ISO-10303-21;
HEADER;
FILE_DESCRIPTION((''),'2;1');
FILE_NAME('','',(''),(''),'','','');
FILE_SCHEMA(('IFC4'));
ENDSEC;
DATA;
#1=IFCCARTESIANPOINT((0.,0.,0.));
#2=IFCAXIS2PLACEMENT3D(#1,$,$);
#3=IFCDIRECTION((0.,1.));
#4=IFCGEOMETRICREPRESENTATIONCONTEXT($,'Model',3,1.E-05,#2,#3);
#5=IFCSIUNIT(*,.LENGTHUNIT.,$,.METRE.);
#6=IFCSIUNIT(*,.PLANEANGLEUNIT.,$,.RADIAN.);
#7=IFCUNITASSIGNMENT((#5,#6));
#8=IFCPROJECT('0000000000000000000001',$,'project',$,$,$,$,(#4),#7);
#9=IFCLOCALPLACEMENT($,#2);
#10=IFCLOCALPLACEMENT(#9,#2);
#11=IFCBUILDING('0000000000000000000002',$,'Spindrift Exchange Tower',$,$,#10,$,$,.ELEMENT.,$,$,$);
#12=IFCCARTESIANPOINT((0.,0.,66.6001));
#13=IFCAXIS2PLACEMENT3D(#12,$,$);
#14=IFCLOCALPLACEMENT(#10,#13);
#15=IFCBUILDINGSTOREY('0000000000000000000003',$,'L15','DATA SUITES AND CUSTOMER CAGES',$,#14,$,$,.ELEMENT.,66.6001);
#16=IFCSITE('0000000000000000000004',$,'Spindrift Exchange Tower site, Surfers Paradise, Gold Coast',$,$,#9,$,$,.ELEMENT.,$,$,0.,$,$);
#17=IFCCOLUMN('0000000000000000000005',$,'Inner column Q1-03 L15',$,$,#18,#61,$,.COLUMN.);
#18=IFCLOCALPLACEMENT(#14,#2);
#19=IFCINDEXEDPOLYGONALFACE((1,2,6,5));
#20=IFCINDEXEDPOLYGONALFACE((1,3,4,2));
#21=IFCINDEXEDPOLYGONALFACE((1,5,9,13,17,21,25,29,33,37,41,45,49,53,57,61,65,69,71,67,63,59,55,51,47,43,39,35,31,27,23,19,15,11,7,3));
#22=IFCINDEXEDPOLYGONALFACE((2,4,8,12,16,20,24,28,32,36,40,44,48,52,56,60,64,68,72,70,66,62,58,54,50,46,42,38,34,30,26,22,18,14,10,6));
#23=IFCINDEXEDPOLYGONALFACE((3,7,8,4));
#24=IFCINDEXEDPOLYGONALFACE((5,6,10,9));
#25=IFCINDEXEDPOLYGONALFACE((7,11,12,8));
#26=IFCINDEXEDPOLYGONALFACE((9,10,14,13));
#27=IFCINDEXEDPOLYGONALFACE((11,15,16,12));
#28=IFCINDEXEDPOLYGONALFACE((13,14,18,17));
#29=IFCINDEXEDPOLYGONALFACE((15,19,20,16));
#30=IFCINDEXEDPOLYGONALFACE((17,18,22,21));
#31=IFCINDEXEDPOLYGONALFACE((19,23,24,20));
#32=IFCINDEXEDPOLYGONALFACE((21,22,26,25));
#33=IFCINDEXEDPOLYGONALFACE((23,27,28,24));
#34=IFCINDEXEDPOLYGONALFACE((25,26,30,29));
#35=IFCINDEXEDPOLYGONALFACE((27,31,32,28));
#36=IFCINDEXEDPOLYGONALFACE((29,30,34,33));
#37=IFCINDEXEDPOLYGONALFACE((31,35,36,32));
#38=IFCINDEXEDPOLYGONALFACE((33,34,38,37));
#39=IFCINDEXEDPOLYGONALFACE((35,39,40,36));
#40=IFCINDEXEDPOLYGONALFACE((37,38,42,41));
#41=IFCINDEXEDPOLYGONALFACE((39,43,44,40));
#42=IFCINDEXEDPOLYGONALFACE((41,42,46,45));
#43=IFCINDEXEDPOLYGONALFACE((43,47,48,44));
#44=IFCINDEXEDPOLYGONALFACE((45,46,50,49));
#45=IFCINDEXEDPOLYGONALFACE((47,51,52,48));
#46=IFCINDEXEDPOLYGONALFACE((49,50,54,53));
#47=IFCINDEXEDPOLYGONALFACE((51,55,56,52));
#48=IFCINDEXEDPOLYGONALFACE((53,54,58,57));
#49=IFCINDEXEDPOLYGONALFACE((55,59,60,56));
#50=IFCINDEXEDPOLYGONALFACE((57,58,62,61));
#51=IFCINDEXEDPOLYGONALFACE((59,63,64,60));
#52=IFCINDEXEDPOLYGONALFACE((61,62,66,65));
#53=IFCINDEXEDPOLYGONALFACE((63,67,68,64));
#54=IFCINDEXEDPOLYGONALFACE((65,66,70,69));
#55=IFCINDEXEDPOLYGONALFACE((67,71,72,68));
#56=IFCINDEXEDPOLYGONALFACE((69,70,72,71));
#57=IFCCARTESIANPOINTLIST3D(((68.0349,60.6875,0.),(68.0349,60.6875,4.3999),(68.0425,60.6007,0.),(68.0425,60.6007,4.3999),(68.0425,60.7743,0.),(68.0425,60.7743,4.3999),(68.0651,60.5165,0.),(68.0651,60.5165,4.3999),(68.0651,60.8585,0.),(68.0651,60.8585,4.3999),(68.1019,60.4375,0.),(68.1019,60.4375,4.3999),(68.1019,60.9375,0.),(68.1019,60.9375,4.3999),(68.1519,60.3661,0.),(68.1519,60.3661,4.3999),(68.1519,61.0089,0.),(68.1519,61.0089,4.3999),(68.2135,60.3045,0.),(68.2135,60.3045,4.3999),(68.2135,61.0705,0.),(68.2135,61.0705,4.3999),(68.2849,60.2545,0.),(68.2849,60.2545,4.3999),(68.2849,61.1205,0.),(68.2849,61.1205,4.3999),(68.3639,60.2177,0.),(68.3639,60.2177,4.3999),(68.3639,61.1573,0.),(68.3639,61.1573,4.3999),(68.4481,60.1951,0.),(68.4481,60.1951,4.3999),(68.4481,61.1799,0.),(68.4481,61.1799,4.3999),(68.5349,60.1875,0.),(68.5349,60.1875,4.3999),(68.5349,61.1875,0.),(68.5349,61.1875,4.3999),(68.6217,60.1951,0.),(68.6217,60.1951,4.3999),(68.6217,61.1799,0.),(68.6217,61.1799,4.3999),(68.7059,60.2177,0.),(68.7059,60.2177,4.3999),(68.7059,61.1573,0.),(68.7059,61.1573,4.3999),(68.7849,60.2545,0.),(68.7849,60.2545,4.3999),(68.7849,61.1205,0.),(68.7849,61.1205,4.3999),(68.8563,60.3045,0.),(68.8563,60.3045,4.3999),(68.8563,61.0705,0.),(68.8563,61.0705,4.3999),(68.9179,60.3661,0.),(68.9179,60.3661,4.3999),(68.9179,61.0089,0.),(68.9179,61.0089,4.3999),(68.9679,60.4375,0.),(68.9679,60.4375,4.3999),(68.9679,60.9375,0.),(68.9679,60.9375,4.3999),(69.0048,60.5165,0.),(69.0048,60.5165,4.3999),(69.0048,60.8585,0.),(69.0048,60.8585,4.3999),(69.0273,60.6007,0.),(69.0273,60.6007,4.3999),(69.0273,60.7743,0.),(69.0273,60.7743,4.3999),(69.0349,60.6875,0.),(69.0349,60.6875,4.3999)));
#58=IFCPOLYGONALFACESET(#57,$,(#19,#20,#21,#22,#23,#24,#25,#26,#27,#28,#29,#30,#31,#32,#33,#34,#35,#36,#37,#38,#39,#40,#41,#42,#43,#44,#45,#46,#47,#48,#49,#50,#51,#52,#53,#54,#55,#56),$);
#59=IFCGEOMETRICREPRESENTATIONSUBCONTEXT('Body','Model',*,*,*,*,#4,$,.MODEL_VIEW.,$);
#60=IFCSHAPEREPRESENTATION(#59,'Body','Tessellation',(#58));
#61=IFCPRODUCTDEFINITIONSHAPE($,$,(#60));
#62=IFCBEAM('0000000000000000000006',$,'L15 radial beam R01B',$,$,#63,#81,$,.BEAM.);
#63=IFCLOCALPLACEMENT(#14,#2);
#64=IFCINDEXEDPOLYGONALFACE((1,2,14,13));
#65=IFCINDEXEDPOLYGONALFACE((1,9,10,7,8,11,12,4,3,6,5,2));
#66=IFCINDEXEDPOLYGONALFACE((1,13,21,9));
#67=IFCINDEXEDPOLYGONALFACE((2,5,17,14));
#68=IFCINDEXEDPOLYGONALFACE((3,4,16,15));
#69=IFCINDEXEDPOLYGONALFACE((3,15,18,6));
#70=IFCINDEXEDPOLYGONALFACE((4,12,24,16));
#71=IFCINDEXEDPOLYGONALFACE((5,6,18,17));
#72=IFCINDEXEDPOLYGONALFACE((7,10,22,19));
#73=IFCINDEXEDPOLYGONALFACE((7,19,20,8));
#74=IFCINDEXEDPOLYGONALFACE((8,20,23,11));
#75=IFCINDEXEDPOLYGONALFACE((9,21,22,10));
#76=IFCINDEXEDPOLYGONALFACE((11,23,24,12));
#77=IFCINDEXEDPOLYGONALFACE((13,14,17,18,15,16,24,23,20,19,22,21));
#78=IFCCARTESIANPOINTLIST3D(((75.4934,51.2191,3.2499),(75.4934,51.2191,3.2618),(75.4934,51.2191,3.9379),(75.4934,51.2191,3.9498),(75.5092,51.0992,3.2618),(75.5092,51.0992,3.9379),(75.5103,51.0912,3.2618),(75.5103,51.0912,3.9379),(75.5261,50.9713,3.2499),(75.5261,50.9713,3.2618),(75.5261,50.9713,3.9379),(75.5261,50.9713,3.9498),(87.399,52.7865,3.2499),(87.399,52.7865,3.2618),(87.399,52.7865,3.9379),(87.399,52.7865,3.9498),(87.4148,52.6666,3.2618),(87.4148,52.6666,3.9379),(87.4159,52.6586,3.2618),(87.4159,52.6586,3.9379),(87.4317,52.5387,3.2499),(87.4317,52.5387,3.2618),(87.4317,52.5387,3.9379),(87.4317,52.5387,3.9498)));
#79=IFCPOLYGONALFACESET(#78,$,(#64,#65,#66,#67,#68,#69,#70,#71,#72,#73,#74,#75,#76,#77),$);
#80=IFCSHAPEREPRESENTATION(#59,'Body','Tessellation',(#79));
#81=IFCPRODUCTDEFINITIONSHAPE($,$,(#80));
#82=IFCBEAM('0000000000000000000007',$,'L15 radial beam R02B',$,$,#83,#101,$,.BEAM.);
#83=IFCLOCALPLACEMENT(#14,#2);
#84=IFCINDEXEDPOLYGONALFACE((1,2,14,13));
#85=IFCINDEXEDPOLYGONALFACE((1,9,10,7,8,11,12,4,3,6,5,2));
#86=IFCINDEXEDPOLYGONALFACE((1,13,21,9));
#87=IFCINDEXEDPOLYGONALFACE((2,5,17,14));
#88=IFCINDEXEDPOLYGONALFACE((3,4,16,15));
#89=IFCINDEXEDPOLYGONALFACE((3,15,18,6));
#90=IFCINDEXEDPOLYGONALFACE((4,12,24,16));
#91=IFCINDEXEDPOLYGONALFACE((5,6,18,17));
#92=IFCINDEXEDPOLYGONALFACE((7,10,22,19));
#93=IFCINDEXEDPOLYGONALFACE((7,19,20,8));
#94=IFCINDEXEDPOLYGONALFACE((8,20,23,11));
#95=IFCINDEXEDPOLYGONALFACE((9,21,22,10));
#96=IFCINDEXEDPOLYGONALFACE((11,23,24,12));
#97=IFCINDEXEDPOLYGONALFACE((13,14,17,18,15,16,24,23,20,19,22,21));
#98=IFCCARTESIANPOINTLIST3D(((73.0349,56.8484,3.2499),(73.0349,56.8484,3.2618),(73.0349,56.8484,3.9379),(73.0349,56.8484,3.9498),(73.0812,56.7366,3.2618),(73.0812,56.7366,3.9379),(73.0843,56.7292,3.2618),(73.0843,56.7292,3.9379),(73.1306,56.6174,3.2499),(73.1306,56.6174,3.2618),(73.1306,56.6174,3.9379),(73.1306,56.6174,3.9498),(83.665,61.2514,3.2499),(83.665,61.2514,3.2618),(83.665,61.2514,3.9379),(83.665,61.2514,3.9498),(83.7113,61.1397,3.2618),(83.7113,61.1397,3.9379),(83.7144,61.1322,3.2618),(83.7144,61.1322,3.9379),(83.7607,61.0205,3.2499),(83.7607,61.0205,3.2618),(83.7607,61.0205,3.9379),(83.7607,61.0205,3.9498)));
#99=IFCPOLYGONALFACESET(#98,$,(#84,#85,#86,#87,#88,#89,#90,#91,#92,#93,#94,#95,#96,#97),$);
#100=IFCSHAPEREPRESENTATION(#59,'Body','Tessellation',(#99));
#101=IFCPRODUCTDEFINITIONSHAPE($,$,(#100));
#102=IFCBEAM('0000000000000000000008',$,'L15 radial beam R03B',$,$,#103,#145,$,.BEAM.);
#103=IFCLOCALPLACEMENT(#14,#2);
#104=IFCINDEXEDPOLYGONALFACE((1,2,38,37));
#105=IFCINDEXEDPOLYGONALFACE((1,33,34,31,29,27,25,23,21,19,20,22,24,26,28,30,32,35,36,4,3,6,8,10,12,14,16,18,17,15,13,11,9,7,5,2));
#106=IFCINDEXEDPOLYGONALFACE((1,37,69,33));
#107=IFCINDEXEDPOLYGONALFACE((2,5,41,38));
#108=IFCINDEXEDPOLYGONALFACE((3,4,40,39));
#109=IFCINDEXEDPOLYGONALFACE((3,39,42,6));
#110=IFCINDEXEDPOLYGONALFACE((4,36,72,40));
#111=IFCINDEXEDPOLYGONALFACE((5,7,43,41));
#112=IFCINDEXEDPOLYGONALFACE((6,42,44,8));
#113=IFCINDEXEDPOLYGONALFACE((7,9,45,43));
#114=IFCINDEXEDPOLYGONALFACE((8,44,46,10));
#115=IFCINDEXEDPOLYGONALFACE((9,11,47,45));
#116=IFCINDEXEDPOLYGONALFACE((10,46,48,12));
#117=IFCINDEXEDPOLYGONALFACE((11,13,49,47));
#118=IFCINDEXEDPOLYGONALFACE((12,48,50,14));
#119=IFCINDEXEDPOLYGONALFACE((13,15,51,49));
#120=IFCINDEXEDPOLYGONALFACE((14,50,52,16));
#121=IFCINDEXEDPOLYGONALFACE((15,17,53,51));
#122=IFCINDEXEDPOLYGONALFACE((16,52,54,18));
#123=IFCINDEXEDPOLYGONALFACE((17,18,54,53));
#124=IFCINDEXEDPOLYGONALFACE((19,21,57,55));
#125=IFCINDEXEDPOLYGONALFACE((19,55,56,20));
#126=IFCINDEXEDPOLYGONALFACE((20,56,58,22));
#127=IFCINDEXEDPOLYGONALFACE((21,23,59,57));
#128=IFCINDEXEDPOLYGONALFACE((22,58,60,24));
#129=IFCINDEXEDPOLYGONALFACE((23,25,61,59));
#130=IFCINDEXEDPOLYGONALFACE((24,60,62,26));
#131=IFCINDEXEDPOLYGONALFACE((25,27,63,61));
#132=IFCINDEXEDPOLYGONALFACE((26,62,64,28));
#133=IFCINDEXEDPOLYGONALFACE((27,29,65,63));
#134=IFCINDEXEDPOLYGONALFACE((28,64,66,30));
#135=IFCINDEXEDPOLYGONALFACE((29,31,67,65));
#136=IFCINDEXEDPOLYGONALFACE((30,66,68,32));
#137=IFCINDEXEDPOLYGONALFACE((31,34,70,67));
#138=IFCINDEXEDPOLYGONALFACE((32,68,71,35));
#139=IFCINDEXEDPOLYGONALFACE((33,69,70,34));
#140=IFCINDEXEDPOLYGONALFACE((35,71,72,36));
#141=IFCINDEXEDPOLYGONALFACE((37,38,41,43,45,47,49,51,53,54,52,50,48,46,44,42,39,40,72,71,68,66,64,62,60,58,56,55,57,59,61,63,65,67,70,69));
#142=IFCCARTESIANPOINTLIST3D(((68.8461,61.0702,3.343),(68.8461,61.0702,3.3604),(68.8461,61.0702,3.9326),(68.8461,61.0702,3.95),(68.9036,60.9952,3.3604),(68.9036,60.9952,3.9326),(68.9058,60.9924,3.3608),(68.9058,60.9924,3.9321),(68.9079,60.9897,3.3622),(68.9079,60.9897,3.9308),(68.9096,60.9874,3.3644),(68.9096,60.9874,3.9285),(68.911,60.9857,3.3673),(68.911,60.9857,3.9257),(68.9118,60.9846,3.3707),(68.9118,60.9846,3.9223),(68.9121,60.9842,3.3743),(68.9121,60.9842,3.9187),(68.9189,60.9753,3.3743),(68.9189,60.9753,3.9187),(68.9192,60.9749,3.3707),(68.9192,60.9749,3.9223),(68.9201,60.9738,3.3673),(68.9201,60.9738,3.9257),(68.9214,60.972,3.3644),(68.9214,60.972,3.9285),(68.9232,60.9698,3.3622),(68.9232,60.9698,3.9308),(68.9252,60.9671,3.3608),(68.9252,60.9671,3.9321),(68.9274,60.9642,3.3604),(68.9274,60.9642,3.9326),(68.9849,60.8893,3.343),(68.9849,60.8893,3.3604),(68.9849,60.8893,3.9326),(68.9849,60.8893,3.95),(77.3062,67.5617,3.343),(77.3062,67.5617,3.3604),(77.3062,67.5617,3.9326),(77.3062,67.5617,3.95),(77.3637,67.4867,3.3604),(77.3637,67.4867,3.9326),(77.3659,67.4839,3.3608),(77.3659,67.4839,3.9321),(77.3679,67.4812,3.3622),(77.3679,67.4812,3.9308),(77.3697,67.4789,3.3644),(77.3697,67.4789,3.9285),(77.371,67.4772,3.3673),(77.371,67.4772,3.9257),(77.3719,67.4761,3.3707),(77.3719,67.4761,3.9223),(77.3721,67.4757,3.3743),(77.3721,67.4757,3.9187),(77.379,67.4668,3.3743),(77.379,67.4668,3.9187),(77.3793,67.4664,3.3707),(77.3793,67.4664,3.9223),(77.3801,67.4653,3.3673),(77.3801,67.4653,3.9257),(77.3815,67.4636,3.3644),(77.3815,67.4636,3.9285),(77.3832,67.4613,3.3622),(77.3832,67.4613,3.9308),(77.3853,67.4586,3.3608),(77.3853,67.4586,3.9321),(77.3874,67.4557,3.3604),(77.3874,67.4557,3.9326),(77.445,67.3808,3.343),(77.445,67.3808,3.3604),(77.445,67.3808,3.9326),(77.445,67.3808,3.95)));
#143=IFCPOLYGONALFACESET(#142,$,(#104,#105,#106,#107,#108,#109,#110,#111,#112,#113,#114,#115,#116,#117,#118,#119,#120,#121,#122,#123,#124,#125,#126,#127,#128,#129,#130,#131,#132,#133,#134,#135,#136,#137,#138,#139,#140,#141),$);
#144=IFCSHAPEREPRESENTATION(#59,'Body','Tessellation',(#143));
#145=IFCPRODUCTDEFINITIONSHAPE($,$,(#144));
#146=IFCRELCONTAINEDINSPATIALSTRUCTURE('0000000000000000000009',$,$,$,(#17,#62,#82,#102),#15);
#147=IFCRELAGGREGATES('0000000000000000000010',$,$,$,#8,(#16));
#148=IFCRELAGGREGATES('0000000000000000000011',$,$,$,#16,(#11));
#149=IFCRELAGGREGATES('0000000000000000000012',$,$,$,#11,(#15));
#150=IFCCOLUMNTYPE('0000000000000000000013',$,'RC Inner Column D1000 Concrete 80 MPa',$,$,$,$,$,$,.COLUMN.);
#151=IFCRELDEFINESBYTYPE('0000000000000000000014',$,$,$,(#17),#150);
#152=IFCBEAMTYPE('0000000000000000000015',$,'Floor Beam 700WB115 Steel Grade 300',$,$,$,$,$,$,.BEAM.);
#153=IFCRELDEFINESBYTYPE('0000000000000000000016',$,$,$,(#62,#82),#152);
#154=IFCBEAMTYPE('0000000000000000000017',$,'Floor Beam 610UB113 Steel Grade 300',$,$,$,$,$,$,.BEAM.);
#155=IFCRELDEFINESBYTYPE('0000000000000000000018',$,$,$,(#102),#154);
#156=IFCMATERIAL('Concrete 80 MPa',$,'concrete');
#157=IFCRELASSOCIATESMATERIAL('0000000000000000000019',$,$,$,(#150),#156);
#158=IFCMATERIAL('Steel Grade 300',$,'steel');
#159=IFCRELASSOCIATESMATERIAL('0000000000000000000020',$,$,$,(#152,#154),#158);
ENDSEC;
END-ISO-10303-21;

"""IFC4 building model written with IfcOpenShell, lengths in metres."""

from ifc_helpers import new_model, si_unit, direction, frame, origin, origin_2d, place, context, subcontext, project, spatial, circle, i_section, extrude, source, transform, mapped, material, material_profile, profile_set, type_object, element, save


model = new_model("IFC4")

# Units and contexts
model_context = context("Model", 3, precision=1e-05, world=origin(), true_north=direction((0.0, 1.0)))
body_context = subcontext(model_context, "Body", "Model", "MODEL_VIEW")
ifc_project = project(units=[si_unit("LENGTHUNIT", "METRE"), si_unit("PLANEANGLEUNIT", "RADIAN")], contexts=[model_context])

# Site, building, storey
site_placement = place(None, origin())
site = spatial("IfcSite", under=ifc_project, at=site_placement, Name="Spindrift Exchange Tower site, Surfers Paradise, Gold Coast", CompositionType="ELEMENT", RefElevation=0.0)
building_placement = place(site_placement, origin())
building = spatial("IfcBuilding", under=site, at=building_placement, Name="Spindrift Exchange Tower", CompositionType="ELEMENT")
storey_placement = place(building_placement, frame((0.0, 0.0, 66.6001)))
storey = spatial("IfcBuildingStorey", under=building, at=storey_placement, Name="L15", Description="DATA SUITES AND CUSTOMER CAGES", CompositionType="ELEMENT", Elevation=66.6001)

# Column
ifc_material_1 = material(Name="Concrete 80 MPa", Category="concrete")
ifc_material_profile_1 = material_profile(ifc_material_1, circle(Radius=0.5, at=origin_2d()), Name="RC D1000")
ifc_profile_set_1 = profile_set([ifc_material_profile_1], Name="Concrete 80 MPa")
column_type_1 = type_object("IfcColumnType", Name="RC Inner Column D1000 Concrete 80 MPa", PredefinedType="COLUMN", material=ifc_profile_set_1)
shared_shape_1 = source(origin(), body_context, "Body", "SweptSolid", [
    extrude(circle(Radius=0.5, at=origin_2d()), origin(), (0.0, 0.0, 1.0), 4.3999),
])
for number, where, z_axis, x_axis, name in (
    (1, (68.5349, 60.6875, 0.0), (0.0, 0.0, 1.0), (1.0, 0.0, 0.0), "Inner column Q1-03 L15"),
):
    element("IfcColumn", number, at=place(storey_placement, frame(where, z_axis=z_axis, x_axis=x_axis)), inside=storey, type_object=column_type_1, Name=name, PredefinedType="COLUMN", context=body_context, shape_type="MappedRepresentation", body=[
        mapped(shared_shape_1, transform((0.0, 0.0, 0.0), scale=1.0)),
    ])

# Beams
ifc_material_2 = material(Name="Steel Grade 300", Category="steel")
ifc_material_profile_2 = material_profile(ifc_material_2, i_section(OverallWidth=0.25, OverallDepth=0.7, WebThickness=0.0081, FlangeThickness=0.012, at=origin_2d()), Name="700WB115")
ifc_profile_set_2 = profile_set([ifc_material_profile_2], Name="Steel Grade 300")
beam_type_1 = type_object("IfcBeamType", Name="Floor Beam 700WB115 Steel Grade 300", PredefinedType="BEAM", material=ifc_profile_set_2)
shared_shape_2 = source(origin(), body_context, "Body", "SweptSolid", [
    extrude(i_section(OverallWidth=0.25, OverallDepth=0.7, WebThickness=0.0081, FlangeThickness=0.012, at=origin_2d()), origin(), (0.0, 0.0, 1.0), 12.0083),
])
beam_1_placement = place(storey_placement, frame((75.5098, 51.0952, 3.5999), z_axis=(0.991445, 0.130526, 0.0), x_axis=(-0.130526, 0.991445, 0.0)))
element("IfcBeam", 2, at=beam_1_placement, inside=storey, type_object=beam_type_1, Name="L15 radial beam R01B", PredefinedType="BEAM", context=body_context, shape_type="MappedRepresentation", body=[
    mapped(shared_shape_2, transform((0.0, 0.0, 0.0), scale=1.0)),
])
shared_shape_3 = source(origin(), body_context, "Body", "SweptSolid", [
    extrude(i_section(OverallWidth=0.25, OverallDepth=0.7, WebThickness=0.0081, FlangeThickness=0.012, at=origin_2d()), origin(), (0.0, 0.0, 1.0), 11.5059),
])
beam_2_placement = place(storey_placement, frame((73.0828, 56.7329, 3.5999), z_axis=(0.923882, 0.382678, 0.0), x_axis=(-0.382678, 0.923882, 0.0)))
element("IfcBeam", 3, at=beam_2_placement, inside=storey, type_object=beam_type_1, Name="L15 radial beam R02B", PredefinedType="BEAM", context=body_context, shape_type="MappedRepresentation", body=[
    mapped(shared_shape_3, transform((0.0, 0.0, 0.0), scale=1.0)),
])
ifc_material_profile_3 = material_profile(ifc_material_2, i_section(OverallWidth=0.228, OverallDepth=0.6069, WebThickness=0.0112, FlangeThickness=0.0173, FilletRadius=0.0139, at=origin_2d()), Name="610UB113")
ifc_profile_set_3 = profile_set([ifc_material_profile_3], Name="Steel Grade 300")
beam_type_2 = type_object("IfcBeamType", Name="Floor Beam 610UB113 Steel Grade 300", PredefinedType="BEAM", material=ifc_profile_set_3)
shared_shape_4 = source(origin(), body_context, "Body", "SweptSolid", [
    extrude(i_section(OverallWidth=0.228, OverallDepth=0.6069, WebThickness=0.0112, FlangeThickness=0.0173, FilletRadius=0.0139, at=origin_2d()), origin(), (0.0, 0.0, 1.0), 10.6636),
])
beam_3_placement = place(storey_placement, frame((68.9155, 60.9797, 3.6465), z_axis=(0.793358, 0.608755, 0.0), x_axis=(-0.608755, 0.793358, 0.0)))
element("IfcBeam", 4, at=beam_3_placement, inside=storey, type_object=beam_type_2, Name="L15 radial beam R03B", PredefinedType="BEAM", context=body_context, shape_type="MappedRepresentation", body=[
    mapped(shared_shape_4, transform((0.0, 0.0, 0.0), scale=1.0)),
])

save(model, "model.ifc")
